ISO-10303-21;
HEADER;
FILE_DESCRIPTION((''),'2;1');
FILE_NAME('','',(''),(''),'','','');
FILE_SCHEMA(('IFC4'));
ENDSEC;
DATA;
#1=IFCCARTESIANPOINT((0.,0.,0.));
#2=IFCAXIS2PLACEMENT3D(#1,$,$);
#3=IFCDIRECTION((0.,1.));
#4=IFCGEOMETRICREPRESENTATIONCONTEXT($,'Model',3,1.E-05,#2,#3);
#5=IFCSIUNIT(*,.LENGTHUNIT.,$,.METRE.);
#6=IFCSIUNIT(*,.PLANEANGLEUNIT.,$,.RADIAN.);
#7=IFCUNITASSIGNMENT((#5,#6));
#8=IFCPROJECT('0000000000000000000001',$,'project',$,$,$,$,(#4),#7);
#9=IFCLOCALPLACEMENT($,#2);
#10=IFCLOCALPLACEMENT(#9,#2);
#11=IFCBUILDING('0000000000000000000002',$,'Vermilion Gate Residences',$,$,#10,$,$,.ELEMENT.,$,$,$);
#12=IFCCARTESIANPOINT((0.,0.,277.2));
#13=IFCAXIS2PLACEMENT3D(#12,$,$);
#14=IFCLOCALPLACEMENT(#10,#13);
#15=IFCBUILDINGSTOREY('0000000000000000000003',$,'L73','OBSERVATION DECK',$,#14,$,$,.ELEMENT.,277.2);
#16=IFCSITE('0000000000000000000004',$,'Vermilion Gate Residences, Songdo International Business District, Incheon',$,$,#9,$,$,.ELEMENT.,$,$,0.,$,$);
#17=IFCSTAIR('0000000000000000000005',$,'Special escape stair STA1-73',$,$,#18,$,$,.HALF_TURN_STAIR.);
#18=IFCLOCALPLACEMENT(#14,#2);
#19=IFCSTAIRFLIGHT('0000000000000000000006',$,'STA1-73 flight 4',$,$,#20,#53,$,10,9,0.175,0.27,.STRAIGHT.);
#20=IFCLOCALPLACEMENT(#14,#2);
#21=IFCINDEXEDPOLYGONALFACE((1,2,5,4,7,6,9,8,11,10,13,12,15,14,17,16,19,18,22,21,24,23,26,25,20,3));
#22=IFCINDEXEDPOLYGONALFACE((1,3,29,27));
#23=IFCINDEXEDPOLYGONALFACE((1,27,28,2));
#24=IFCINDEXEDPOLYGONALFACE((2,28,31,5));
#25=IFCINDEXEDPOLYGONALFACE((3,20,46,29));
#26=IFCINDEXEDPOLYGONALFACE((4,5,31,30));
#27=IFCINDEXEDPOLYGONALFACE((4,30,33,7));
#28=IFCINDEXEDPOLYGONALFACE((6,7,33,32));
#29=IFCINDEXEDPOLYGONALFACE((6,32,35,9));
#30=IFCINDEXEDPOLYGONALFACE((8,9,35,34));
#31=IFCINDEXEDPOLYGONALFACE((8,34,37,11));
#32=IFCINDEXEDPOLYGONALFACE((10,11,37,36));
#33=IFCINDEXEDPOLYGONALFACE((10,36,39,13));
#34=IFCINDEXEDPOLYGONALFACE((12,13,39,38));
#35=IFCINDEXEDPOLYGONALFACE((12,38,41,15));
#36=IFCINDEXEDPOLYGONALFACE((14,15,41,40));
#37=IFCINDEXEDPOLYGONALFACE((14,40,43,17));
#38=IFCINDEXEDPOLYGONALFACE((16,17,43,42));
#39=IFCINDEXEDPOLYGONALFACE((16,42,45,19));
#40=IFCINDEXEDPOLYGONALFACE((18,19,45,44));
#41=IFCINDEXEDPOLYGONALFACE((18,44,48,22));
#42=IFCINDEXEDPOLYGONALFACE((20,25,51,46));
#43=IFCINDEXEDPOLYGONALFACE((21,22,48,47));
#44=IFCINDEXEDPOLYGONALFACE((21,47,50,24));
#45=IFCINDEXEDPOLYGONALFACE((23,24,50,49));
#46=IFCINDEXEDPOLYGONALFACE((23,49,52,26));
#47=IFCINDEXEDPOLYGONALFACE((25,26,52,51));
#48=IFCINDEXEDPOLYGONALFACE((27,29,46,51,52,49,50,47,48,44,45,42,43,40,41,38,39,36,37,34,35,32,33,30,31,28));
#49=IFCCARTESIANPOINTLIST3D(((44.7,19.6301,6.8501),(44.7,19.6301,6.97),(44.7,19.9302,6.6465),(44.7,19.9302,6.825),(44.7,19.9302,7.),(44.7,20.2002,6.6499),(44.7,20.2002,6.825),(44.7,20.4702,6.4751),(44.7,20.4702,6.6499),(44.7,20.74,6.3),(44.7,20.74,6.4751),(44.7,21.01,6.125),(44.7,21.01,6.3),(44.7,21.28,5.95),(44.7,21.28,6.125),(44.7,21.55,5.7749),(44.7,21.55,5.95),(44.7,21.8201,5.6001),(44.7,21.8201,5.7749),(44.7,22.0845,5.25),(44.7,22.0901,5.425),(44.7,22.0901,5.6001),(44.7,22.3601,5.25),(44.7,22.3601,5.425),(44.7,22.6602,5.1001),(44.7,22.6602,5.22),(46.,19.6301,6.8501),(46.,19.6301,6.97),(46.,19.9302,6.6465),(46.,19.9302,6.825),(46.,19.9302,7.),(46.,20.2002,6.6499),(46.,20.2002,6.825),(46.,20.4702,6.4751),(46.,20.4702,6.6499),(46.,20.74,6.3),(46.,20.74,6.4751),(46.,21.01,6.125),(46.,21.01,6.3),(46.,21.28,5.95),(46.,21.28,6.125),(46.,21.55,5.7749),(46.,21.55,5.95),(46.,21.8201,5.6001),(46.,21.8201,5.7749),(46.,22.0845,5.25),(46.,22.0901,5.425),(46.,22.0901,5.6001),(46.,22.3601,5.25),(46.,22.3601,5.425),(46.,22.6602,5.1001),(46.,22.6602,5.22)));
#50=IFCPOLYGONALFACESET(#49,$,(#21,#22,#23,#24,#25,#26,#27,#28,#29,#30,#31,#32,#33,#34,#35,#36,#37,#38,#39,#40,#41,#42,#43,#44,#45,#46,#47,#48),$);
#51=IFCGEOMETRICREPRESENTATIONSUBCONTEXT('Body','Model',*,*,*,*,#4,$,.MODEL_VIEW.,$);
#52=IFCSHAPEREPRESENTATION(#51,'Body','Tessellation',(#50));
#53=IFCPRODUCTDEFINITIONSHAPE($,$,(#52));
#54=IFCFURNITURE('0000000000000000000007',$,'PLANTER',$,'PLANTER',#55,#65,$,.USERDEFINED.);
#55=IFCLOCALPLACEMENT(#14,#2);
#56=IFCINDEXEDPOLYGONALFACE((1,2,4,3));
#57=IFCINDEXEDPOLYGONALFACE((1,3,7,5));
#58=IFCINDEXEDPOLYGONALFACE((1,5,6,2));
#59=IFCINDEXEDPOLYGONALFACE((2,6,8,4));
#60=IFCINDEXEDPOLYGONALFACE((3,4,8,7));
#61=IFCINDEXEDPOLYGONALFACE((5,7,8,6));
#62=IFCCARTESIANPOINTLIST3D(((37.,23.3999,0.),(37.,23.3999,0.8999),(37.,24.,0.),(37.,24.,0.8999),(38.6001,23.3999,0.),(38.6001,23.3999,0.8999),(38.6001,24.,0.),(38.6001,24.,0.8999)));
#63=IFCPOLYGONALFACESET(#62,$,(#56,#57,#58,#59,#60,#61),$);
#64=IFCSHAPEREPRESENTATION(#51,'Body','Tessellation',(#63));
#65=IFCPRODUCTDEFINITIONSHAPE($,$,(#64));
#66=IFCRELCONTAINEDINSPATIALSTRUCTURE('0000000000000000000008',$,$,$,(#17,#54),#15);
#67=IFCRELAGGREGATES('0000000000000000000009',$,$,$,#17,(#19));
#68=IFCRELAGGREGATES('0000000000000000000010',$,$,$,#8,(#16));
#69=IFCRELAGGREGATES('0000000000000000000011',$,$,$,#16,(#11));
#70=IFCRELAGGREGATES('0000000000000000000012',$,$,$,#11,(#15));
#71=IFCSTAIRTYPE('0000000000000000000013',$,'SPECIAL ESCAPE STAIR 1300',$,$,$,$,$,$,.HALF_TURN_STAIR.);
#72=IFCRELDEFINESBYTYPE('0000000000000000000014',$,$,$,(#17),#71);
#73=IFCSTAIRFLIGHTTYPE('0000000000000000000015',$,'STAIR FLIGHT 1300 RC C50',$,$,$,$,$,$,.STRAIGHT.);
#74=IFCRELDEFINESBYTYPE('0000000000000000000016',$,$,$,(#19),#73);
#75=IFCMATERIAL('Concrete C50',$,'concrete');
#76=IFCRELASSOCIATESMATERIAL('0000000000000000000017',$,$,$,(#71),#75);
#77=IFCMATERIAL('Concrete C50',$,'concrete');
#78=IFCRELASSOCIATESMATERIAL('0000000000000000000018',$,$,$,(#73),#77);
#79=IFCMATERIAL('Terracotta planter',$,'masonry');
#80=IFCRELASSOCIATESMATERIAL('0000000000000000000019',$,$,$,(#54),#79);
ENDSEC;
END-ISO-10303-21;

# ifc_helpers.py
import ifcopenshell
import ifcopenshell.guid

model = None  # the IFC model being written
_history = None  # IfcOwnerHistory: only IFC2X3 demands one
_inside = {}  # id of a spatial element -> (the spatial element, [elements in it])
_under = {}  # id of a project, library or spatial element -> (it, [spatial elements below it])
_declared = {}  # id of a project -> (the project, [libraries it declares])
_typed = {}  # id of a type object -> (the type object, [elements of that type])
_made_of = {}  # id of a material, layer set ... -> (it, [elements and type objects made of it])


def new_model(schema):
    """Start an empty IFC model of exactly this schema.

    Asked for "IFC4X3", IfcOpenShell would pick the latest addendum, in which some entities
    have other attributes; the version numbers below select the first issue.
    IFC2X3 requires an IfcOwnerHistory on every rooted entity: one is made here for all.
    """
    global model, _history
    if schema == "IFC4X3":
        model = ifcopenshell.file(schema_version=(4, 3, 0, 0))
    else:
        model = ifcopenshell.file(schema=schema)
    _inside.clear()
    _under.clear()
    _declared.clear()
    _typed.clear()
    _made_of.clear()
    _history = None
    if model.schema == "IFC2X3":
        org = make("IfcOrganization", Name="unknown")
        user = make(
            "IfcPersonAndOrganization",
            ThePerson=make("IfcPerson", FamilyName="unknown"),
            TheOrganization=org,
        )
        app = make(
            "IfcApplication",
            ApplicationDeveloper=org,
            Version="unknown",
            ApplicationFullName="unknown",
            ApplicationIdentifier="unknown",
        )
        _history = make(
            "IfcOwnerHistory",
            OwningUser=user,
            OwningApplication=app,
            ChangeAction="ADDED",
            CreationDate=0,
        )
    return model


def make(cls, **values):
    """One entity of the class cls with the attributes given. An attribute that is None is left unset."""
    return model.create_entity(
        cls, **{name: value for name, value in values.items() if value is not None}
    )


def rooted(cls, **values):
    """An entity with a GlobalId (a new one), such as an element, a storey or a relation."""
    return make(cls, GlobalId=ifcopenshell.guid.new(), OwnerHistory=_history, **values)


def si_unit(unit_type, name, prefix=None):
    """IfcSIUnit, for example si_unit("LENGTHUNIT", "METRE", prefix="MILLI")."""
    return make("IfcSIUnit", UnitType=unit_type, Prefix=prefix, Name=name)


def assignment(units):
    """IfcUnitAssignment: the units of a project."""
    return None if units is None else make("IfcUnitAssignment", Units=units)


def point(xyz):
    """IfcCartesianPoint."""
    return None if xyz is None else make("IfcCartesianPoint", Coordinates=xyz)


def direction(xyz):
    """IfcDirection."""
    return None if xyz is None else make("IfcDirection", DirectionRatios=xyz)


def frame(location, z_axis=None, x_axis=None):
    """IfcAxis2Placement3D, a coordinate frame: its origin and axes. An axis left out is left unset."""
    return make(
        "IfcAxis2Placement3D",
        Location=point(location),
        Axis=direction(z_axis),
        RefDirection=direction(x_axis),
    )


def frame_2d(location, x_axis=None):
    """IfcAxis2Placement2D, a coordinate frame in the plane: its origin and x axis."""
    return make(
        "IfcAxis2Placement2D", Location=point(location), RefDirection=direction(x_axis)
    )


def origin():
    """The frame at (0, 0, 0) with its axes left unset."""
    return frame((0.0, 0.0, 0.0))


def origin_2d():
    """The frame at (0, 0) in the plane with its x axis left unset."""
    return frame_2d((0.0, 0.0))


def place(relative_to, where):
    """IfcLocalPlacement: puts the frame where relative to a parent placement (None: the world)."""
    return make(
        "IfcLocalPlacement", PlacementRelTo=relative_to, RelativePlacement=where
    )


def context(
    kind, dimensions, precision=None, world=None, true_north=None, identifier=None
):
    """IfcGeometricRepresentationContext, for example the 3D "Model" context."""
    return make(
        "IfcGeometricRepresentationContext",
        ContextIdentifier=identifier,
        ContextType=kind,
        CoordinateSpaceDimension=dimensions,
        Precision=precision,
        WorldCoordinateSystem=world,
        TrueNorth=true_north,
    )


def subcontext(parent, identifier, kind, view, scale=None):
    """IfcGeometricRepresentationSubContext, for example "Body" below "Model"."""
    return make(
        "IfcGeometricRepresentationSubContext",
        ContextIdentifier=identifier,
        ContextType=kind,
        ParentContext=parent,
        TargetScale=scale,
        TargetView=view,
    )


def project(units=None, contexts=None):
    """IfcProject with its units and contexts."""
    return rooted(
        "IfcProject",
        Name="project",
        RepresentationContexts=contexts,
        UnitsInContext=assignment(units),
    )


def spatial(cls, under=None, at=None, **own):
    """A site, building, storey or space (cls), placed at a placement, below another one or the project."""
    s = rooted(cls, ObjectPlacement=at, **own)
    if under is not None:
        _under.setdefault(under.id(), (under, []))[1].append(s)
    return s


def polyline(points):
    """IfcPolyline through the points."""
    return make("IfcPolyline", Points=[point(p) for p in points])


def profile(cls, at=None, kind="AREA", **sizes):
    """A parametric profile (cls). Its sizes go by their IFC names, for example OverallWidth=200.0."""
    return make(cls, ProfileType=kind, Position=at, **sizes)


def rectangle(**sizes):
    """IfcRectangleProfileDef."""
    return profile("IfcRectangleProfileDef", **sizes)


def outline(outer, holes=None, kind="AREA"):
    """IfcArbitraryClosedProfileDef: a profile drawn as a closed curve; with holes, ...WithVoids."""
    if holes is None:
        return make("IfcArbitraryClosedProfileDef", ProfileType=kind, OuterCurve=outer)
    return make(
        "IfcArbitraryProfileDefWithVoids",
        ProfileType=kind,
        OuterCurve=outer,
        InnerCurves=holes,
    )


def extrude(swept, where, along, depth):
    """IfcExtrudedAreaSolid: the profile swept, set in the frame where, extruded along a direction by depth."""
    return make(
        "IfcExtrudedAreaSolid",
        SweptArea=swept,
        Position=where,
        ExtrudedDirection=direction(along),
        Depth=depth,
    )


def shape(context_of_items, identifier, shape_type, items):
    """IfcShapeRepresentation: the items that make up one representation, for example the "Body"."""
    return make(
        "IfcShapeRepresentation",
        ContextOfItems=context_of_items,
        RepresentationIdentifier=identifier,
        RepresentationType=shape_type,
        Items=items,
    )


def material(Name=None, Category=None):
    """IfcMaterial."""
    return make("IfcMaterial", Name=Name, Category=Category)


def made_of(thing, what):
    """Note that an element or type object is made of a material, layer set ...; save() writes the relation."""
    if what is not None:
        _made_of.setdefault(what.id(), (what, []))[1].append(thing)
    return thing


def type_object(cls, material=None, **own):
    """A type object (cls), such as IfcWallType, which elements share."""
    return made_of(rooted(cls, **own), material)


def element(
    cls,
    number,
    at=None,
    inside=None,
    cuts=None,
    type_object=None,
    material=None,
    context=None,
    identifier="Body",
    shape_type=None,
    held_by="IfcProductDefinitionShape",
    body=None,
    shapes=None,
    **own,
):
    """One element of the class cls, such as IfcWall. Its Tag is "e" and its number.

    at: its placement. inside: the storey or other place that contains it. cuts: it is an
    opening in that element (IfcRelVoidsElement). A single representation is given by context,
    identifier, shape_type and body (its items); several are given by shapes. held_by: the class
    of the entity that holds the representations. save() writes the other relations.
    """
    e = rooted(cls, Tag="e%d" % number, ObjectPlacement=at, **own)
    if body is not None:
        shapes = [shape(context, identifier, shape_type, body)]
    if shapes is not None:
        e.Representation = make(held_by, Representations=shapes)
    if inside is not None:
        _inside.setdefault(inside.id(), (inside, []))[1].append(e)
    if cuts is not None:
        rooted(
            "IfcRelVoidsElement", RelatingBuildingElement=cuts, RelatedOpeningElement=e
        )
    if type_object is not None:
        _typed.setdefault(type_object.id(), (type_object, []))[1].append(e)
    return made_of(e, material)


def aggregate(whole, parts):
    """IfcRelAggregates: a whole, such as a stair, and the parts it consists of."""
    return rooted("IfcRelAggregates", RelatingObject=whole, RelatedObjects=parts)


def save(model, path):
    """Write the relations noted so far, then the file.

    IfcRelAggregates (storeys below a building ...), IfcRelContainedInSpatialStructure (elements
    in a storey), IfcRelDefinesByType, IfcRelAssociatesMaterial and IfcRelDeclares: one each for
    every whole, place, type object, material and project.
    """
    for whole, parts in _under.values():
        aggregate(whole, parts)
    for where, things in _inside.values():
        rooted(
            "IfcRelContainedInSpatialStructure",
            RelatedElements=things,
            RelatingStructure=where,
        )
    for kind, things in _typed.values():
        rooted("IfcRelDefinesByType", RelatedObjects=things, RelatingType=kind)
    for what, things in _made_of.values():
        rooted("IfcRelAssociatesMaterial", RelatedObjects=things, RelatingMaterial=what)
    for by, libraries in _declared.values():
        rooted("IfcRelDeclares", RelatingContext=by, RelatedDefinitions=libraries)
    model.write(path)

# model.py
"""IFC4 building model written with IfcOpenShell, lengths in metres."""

from ifc_helpers import new_model, si_unit, direction, frame, origin, origin_2d, place, context, subcontext, project, spatial, polyline, rectangle, outline, extrude, material, type_object, element, aggregate, save


model = new_model("IFC4")

# Units and contexts
model_context = context("Model", 3, precision=1e-05, world=origin(), true_north=direction((0.0, 1.0)))
body_context = subcontext(model_context, "Body", "Model", "MODEL_VIEW")
ifc_project = project(units=[si_unit("LENGTHUNIT", "METRE"), si_unit("PLANEANGLEUNIT", "RADIAN")], contexts=[model_context])

# Site, building, storey
site_placement = place(None, origin())
site = spatial("IfcSite", under=ifc_project, at=site_placement, Name="Vermilion Gate Residences, Songdo International Business District, Incheon", CompositionType="ELEMENT", RefElevation=0.0)
building_placement = place(site_placement, origin())
building = spatial("IfcBuilding", under=site, at=building_placement, Name="Vermilion Gate Residences", CompositionType="ELEMENT")
storey_placement = place(building_placement, frame((0.0, 0.0, 277.2)))
storey = spatial("IfcBuildingStorey", under=building, at=storey_placement, Name="L73", Description="OBSERVATION DECK", CompositionType="ELEMENT", Elevation=277.2)

# Stair, stair flight
ifc_material_1 = material(Name="Concrete C50", Category="concrete")
stair_type = type_object("IfcStairType", Name="SPECIAL ESCAPE STAIR 1300", PredefinedType="HALF_TURN_STAIR", material=ifc_material_1)
stair_placement = place(storey_placement, origin())
stair = element("IfcStair", 1, at=stair_placement, inside=storey, type_object=stair_type, Name="Special escape stair STA1-73", PredefinedType="HALF_TURN_STAIR")
ifc_material_2 = material(Name="Concrete C50", Category="concrete")
stair_flight_type = type_object("IfcStairFlightType", Name="STAIR FLIGHT 1300 RC C50", PredefinedType="STRAIGHT", material=ifc_material_2)
stair_flight_1_placement = place(storey_placement, frame((45.3501, 22.3601, 5.25), z_axis=(0.0, 0.0, 1.0), x_axis=(0.0, -1.0, 0.0)))
stair_flight_1 = element("IfcStairFlight", 2, at=stair_flight_1_placement, type_object=stair_flight_type, Name="STA1-73 flight 4", NumberOfRisers=10, NumberOfTreads=9, PredefinedType="STRAIGHT", RiserHeight=0.175, TreadLength=0.27, context=body_context, shape_type="SweptSolid", body=[
    extrude(outline(polyline([(-0.3, -0.1499), (-0.3, -0.03), (0.0, 0.0), (0.0, 0.175), (0.27, 0.175), (0.27, 0.3501), (0.54, 0.3501), (0.54, 0.5249), (0.8101, 0.5249), (0.8101, 0.7), (1.0801, 0.7), (1.0801, 0.875), (1.3501, 0.875), (1.3501, 1.05), (1.6201, 1.05), (1.6201, 1.2251), (1.8899, 1.2251), (1.8899, 1.3999), (2.1599, 1.3999), (2.1599, 1.575), (2.4299, 1.575), (2.4299, 1.75), (2.73, 1.72), (2.73, 1.6001), (2.4299, 1.3965), (0.2756, 0.0), (-0.3, -0.1499)])), frame((0.0, 0.6499, 0.0), z_axis=(0.0, -1.0, 0.0), x_axis=(1.0, 0.0, 0.0)), (0.0, 0.0, 1.0), 1.3),
])
aggregate(stair, [stair_flight_1])

# Furniture
ifc_material_3 = material(Name="Terracotta planter", Category="masonry")
furniture_placement = place(storey_placement, frame((37.8, 23.7, 0.0), z_axis=(0.0, 0.0, 1.0), x_axis=(-1.0, 0.0, 0.0)))
element("IfcFurniture", 3, at=furniture_placement, inside=storey, material=ifc_material_3, Name="PLANTER", ObjectType="PLANTER", PredefinedType="USERDEFINED", context=body_context, shape_type="SweptSolid", body=[
    extrude(rectangle(XDim=1.6001, YDim=0.6001, at=origin_2d()), origin(), (0.0, 0.0, 1.0), 0.8999),
])

save(model, "model.ifc")
